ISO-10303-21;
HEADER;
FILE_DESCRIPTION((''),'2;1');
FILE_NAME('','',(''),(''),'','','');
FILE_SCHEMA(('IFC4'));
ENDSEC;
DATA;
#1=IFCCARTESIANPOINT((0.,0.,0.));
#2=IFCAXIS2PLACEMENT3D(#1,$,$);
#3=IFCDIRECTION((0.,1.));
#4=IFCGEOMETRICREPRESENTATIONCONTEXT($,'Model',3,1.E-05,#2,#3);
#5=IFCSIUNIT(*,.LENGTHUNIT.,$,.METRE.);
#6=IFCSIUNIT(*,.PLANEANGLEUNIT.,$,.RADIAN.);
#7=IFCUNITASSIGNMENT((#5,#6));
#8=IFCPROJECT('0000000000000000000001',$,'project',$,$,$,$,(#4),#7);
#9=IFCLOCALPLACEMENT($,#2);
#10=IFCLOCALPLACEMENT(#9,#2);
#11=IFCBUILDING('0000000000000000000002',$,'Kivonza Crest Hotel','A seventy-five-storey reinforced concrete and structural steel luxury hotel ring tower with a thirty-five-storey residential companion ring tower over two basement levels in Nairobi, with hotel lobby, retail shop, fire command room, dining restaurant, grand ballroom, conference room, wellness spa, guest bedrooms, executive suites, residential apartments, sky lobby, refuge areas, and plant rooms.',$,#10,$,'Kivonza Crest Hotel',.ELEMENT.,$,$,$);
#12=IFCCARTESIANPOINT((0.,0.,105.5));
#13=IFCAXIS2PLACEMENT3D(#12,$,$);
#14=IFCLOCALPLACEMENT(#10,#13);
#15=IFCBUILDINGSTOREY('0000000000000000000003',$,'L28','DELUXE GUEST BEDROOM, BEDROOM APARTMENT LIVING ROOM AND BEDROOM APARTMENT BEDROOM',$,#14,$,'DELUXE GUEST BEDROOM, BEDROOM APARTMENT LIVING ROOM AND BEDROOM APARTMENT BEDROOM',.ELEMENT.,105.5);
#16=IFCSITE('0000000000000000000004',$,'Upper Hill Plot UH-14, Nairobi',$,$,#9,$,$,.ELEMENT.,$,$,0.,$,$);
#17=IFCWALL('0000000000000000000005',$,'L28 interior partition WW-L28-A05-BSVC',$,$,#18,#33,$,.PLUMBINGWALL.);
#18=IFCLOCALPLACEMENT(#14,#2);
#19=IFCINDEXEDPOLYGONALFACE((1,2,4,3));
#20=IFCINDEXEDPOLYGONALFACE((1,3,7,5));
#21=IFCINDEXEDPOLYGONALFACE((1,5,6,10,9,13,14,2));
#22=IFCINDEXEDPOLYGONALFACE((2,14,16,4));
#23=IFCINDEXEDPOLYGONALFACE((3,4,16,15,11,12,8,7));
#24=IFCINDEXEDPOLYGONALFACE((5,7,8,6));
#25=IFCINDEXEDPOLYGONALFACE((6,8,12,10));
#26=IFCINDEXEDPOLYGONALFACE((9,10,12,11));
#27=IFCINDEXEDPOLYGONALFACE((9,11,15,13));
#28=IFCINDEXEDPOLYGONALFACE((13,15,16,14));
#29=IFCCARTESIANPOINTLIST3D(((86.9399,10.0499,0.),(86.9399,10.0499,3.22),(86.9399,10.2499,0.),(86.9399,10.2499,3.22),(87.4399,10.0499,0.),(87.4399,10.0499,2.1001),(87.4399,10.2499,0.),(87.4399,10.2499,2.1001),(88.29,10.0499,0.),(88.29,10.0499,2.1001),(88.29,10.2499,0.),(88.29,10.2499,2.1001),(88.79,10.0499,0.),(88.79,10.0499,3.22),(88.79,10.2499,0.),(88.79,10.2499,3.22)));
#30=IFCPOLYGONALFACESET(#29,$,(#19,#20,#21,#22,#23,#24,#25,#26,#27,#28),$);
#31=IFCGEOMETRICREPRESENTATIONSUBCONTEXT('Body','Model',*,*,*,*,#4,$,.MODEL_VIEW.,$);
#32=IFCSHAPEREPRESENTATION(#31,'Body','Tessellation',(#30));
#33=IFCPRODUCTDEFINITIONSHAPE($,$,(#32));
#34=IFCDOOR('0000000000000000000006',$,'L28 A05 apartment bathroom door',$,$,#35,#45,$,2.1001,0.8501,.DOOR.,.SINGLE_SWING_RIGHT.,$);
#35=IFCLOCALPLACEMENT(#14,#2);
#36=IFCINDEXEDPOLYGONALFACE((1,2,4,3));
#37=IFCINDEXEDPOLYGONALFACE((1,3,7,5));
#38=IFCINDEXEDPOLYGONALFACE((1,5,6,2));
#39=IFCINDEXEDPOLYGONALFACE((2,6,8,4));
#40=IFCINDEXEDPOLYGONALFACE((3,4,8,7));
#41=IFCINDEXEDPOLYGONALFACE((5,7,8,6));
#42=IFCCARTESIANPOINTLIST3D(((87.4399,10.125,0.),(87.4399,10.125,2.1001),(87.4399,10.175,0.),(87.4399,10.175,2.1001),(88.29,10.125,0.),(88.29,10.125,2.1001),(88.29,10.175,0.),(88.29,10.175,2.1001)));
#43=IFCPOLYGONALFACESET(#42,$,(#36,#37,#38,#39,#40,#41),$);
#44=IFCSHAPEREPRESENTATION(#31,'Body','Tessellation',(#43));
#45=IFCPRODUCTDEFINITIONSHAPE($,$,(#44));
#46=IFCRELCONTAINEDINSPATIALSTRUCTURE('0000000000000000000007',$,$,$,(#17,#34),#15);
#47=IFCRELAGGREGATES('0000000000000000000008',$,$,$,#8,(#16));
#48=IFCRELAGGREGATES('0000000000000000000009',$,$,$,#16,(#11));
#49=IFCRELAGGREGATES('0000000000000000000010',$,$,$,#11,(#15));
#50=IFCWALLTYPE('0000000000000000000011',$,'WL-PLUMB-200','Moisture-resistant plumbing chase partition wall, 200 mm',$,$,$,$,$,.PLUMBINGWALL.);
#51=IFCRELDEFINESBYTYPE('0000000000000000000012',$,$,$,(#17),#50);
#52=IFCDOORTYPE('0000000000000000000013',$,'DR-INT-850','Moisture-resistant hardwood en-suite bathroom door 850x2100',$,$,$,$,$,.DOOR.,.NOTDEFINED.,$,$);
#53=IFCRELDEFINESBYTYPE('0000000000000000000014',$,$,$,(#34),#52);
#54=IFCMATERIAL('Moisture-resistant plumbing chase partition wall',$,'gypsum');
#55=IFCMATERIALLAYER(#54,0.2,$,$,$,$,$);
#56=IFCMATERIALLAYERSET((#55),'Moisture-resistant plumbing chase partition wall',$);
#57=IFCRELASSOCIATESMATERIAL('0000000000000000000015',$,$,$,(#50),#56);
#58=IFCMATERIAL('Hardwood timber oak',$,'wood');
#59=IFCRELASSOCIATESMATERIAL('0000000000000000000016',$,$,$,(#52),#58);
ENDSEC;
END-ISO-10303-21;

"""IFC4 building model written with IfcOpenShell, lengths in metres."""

from ifc_helpers import new_model, si_unit, direction, frame, frame_2d, origin, place, context, subcontext, project, spatial, rectangle, extrude, material, layer, layer_set, type_object, element, fill, save


model = new_model("IFC4")

# Units and contexts
model_context = context("Model", 3, precision=1e-05, world=origin(), true_north=direction((0.0, 1.0)))
body_context = subcontext(model_context, "Body", "Model", "MODEL_VIEW")
ifc_project = project(units=[si_unit("LENGTHUNIT", "METRE"), si_unit("PLANEANGLEUNIT", "RADIAN")], contexts=[model_context])

# Site, building, storey
site_placement = place(None, origin())
site = spatial("IfcSite", under=ifc_project, at=site_placement, Name="Upper Hill Plot UH-14, Nairobi", CompositionType="ELEMENT", RefElevation=0.0)
building_placement = place(site_placement, origin())
building = spatial("IfcBuilding", under=site, at=building_placement, Name="Kivonza Crest Hotel", Description="A seventy-five-storey reinforced concrete and structural steel luxury hotel ring tower with a thirty-five-storey residential companion ring tower over two basement levels in Nairobi, with hotel lobby, retail shop, fire command room, dining restaurant, grand ballroom, conference room, wellness spa, guest bedrooms, executive suites, residential apartments, sky lobby, refuge areas, and plant rooms.", LongName="Kivonza Crest Hotel", CompositionType="ELEMENT")
storey_placement = place(building_placement, frame((0.0, 0.0, 105.5)))
storey = spatial("IfcBuildingStorey", under=building, at=storey_placement, Name="L28", Description="DELUXE GUEST BEDROOM, BEDROOM APARTMENT LIVING ROOM AND BEDROOM APARTMENT BEDROOM", LongName="DELUXE GUEST BEDROOM, BEDROOM APARTMENT LIVING ROOM AND BEDROOM APARTMENT BEDROOM", CompositionType="ELEMENT", Elevation=105.5)

# Shared definitions
ifc_material_1 = material(Name="Hardwood timber oak", Category="wood")

# Shared definitions
ifc_material_2 = material(Name="Moisture-resistant plumbing chase partition wall", Category="gypsum")
ifc_layer_1 = layer(ifc_material_2, 0.2)
ifc_layer_set_1 = layer_set([ifc_layer_1], Name="Moisture-resistant plumbing chase partition wall")
wall_type_1 = type_object("IfcWallType", Name="WL-PLUMB-200", Description="Moisture-resistant plumbing chase partition wall, 200 mm", PredefinedType="PLUMBINGWALL", material=ifc_layer_set_1)

# Wall, opening, door
wall_1_placement = place(storey_placement, frame((86.9399, 10.1499, 0.0), z_axis=(0.0, 0.0, 1.0), x_axis=(1.0, 0.0, 0.0)))
wall_1 = element("IfcWall", 1, at=wall_1_placement, inside=storey, type_object=wall_type_1, Name="L28 interior partition WW-L28-A05-BSVC", PredefinedType="PLUMBINGWALL", context=body_context, shape_type="SweptSolid", body=[
    extrude(rectangle(XDim=1.8501, YDim=0.2, at=frame_2d((0.925, 0.0))), origin(), (0.0, 0.0, 1.0), 3.22),
])
opening_1_placement = place(wall_1_placement, frame((0.5, 0.0, 0.0)))
opening_1 = element("IfcOpeningElement", 2, at=opening_1_placement, cuts=wall_1, PredefinedType="OPENING", context=body_context, shape_type="SweptSolid", body=[
    extrude(rectangle(XDim=0.8501, YDim=2.1001, at=frame_2d((0.425, 1.05))), frame((0.0, 0.1099, 0.0), z_axis=(0.0, -1.0, 0.0), x_axis=(1.0, 0.0, 0.0)), (0.0, 0.0, 1.0), 0.22),
])
door_type_1 = type_object("IfcDoorType", Name="DR-INT-850", Description="Moisture-resistant hardwood en-suite bathroom door 850x2100", OperationType="NOTDEFINED", PredefinedType="DOOR", material=ifc_material_1)
door_1_placement = place(opening_1_placement, frame((0.8501, 0.0, 0.0), z_axis=(0.0, 0.0, 1.0), x_axis=(-1.0, 0.0, 0.0)))
door_1 = element("IfcDoor", 3, at=door_1_placement, inside=storey, type_object=door_type_1, Name="L28 A05 apartment bathroom door", OperationType="SINGLE_SWING_RIGHT", OverallHeight=2.1001, OverallWidth=0.8501, PredefinedType="DOOR", context=body_context, shape_type="SweptSolid", body=[
    extrude(rectangle(XDim=0.8501, YDim=2.1001, at=frame_2d((0.425, 1.05))), frame((0.0, 0.0249, 0.0), z_axis=(0.0, -1.0, 0.0), x_axis=(1.0, 0.0, 0.0)), (0.0, 0.0, 1.0), 0.05),
])
fill(opening_1, door_1)

save(model, "model.ifc")
